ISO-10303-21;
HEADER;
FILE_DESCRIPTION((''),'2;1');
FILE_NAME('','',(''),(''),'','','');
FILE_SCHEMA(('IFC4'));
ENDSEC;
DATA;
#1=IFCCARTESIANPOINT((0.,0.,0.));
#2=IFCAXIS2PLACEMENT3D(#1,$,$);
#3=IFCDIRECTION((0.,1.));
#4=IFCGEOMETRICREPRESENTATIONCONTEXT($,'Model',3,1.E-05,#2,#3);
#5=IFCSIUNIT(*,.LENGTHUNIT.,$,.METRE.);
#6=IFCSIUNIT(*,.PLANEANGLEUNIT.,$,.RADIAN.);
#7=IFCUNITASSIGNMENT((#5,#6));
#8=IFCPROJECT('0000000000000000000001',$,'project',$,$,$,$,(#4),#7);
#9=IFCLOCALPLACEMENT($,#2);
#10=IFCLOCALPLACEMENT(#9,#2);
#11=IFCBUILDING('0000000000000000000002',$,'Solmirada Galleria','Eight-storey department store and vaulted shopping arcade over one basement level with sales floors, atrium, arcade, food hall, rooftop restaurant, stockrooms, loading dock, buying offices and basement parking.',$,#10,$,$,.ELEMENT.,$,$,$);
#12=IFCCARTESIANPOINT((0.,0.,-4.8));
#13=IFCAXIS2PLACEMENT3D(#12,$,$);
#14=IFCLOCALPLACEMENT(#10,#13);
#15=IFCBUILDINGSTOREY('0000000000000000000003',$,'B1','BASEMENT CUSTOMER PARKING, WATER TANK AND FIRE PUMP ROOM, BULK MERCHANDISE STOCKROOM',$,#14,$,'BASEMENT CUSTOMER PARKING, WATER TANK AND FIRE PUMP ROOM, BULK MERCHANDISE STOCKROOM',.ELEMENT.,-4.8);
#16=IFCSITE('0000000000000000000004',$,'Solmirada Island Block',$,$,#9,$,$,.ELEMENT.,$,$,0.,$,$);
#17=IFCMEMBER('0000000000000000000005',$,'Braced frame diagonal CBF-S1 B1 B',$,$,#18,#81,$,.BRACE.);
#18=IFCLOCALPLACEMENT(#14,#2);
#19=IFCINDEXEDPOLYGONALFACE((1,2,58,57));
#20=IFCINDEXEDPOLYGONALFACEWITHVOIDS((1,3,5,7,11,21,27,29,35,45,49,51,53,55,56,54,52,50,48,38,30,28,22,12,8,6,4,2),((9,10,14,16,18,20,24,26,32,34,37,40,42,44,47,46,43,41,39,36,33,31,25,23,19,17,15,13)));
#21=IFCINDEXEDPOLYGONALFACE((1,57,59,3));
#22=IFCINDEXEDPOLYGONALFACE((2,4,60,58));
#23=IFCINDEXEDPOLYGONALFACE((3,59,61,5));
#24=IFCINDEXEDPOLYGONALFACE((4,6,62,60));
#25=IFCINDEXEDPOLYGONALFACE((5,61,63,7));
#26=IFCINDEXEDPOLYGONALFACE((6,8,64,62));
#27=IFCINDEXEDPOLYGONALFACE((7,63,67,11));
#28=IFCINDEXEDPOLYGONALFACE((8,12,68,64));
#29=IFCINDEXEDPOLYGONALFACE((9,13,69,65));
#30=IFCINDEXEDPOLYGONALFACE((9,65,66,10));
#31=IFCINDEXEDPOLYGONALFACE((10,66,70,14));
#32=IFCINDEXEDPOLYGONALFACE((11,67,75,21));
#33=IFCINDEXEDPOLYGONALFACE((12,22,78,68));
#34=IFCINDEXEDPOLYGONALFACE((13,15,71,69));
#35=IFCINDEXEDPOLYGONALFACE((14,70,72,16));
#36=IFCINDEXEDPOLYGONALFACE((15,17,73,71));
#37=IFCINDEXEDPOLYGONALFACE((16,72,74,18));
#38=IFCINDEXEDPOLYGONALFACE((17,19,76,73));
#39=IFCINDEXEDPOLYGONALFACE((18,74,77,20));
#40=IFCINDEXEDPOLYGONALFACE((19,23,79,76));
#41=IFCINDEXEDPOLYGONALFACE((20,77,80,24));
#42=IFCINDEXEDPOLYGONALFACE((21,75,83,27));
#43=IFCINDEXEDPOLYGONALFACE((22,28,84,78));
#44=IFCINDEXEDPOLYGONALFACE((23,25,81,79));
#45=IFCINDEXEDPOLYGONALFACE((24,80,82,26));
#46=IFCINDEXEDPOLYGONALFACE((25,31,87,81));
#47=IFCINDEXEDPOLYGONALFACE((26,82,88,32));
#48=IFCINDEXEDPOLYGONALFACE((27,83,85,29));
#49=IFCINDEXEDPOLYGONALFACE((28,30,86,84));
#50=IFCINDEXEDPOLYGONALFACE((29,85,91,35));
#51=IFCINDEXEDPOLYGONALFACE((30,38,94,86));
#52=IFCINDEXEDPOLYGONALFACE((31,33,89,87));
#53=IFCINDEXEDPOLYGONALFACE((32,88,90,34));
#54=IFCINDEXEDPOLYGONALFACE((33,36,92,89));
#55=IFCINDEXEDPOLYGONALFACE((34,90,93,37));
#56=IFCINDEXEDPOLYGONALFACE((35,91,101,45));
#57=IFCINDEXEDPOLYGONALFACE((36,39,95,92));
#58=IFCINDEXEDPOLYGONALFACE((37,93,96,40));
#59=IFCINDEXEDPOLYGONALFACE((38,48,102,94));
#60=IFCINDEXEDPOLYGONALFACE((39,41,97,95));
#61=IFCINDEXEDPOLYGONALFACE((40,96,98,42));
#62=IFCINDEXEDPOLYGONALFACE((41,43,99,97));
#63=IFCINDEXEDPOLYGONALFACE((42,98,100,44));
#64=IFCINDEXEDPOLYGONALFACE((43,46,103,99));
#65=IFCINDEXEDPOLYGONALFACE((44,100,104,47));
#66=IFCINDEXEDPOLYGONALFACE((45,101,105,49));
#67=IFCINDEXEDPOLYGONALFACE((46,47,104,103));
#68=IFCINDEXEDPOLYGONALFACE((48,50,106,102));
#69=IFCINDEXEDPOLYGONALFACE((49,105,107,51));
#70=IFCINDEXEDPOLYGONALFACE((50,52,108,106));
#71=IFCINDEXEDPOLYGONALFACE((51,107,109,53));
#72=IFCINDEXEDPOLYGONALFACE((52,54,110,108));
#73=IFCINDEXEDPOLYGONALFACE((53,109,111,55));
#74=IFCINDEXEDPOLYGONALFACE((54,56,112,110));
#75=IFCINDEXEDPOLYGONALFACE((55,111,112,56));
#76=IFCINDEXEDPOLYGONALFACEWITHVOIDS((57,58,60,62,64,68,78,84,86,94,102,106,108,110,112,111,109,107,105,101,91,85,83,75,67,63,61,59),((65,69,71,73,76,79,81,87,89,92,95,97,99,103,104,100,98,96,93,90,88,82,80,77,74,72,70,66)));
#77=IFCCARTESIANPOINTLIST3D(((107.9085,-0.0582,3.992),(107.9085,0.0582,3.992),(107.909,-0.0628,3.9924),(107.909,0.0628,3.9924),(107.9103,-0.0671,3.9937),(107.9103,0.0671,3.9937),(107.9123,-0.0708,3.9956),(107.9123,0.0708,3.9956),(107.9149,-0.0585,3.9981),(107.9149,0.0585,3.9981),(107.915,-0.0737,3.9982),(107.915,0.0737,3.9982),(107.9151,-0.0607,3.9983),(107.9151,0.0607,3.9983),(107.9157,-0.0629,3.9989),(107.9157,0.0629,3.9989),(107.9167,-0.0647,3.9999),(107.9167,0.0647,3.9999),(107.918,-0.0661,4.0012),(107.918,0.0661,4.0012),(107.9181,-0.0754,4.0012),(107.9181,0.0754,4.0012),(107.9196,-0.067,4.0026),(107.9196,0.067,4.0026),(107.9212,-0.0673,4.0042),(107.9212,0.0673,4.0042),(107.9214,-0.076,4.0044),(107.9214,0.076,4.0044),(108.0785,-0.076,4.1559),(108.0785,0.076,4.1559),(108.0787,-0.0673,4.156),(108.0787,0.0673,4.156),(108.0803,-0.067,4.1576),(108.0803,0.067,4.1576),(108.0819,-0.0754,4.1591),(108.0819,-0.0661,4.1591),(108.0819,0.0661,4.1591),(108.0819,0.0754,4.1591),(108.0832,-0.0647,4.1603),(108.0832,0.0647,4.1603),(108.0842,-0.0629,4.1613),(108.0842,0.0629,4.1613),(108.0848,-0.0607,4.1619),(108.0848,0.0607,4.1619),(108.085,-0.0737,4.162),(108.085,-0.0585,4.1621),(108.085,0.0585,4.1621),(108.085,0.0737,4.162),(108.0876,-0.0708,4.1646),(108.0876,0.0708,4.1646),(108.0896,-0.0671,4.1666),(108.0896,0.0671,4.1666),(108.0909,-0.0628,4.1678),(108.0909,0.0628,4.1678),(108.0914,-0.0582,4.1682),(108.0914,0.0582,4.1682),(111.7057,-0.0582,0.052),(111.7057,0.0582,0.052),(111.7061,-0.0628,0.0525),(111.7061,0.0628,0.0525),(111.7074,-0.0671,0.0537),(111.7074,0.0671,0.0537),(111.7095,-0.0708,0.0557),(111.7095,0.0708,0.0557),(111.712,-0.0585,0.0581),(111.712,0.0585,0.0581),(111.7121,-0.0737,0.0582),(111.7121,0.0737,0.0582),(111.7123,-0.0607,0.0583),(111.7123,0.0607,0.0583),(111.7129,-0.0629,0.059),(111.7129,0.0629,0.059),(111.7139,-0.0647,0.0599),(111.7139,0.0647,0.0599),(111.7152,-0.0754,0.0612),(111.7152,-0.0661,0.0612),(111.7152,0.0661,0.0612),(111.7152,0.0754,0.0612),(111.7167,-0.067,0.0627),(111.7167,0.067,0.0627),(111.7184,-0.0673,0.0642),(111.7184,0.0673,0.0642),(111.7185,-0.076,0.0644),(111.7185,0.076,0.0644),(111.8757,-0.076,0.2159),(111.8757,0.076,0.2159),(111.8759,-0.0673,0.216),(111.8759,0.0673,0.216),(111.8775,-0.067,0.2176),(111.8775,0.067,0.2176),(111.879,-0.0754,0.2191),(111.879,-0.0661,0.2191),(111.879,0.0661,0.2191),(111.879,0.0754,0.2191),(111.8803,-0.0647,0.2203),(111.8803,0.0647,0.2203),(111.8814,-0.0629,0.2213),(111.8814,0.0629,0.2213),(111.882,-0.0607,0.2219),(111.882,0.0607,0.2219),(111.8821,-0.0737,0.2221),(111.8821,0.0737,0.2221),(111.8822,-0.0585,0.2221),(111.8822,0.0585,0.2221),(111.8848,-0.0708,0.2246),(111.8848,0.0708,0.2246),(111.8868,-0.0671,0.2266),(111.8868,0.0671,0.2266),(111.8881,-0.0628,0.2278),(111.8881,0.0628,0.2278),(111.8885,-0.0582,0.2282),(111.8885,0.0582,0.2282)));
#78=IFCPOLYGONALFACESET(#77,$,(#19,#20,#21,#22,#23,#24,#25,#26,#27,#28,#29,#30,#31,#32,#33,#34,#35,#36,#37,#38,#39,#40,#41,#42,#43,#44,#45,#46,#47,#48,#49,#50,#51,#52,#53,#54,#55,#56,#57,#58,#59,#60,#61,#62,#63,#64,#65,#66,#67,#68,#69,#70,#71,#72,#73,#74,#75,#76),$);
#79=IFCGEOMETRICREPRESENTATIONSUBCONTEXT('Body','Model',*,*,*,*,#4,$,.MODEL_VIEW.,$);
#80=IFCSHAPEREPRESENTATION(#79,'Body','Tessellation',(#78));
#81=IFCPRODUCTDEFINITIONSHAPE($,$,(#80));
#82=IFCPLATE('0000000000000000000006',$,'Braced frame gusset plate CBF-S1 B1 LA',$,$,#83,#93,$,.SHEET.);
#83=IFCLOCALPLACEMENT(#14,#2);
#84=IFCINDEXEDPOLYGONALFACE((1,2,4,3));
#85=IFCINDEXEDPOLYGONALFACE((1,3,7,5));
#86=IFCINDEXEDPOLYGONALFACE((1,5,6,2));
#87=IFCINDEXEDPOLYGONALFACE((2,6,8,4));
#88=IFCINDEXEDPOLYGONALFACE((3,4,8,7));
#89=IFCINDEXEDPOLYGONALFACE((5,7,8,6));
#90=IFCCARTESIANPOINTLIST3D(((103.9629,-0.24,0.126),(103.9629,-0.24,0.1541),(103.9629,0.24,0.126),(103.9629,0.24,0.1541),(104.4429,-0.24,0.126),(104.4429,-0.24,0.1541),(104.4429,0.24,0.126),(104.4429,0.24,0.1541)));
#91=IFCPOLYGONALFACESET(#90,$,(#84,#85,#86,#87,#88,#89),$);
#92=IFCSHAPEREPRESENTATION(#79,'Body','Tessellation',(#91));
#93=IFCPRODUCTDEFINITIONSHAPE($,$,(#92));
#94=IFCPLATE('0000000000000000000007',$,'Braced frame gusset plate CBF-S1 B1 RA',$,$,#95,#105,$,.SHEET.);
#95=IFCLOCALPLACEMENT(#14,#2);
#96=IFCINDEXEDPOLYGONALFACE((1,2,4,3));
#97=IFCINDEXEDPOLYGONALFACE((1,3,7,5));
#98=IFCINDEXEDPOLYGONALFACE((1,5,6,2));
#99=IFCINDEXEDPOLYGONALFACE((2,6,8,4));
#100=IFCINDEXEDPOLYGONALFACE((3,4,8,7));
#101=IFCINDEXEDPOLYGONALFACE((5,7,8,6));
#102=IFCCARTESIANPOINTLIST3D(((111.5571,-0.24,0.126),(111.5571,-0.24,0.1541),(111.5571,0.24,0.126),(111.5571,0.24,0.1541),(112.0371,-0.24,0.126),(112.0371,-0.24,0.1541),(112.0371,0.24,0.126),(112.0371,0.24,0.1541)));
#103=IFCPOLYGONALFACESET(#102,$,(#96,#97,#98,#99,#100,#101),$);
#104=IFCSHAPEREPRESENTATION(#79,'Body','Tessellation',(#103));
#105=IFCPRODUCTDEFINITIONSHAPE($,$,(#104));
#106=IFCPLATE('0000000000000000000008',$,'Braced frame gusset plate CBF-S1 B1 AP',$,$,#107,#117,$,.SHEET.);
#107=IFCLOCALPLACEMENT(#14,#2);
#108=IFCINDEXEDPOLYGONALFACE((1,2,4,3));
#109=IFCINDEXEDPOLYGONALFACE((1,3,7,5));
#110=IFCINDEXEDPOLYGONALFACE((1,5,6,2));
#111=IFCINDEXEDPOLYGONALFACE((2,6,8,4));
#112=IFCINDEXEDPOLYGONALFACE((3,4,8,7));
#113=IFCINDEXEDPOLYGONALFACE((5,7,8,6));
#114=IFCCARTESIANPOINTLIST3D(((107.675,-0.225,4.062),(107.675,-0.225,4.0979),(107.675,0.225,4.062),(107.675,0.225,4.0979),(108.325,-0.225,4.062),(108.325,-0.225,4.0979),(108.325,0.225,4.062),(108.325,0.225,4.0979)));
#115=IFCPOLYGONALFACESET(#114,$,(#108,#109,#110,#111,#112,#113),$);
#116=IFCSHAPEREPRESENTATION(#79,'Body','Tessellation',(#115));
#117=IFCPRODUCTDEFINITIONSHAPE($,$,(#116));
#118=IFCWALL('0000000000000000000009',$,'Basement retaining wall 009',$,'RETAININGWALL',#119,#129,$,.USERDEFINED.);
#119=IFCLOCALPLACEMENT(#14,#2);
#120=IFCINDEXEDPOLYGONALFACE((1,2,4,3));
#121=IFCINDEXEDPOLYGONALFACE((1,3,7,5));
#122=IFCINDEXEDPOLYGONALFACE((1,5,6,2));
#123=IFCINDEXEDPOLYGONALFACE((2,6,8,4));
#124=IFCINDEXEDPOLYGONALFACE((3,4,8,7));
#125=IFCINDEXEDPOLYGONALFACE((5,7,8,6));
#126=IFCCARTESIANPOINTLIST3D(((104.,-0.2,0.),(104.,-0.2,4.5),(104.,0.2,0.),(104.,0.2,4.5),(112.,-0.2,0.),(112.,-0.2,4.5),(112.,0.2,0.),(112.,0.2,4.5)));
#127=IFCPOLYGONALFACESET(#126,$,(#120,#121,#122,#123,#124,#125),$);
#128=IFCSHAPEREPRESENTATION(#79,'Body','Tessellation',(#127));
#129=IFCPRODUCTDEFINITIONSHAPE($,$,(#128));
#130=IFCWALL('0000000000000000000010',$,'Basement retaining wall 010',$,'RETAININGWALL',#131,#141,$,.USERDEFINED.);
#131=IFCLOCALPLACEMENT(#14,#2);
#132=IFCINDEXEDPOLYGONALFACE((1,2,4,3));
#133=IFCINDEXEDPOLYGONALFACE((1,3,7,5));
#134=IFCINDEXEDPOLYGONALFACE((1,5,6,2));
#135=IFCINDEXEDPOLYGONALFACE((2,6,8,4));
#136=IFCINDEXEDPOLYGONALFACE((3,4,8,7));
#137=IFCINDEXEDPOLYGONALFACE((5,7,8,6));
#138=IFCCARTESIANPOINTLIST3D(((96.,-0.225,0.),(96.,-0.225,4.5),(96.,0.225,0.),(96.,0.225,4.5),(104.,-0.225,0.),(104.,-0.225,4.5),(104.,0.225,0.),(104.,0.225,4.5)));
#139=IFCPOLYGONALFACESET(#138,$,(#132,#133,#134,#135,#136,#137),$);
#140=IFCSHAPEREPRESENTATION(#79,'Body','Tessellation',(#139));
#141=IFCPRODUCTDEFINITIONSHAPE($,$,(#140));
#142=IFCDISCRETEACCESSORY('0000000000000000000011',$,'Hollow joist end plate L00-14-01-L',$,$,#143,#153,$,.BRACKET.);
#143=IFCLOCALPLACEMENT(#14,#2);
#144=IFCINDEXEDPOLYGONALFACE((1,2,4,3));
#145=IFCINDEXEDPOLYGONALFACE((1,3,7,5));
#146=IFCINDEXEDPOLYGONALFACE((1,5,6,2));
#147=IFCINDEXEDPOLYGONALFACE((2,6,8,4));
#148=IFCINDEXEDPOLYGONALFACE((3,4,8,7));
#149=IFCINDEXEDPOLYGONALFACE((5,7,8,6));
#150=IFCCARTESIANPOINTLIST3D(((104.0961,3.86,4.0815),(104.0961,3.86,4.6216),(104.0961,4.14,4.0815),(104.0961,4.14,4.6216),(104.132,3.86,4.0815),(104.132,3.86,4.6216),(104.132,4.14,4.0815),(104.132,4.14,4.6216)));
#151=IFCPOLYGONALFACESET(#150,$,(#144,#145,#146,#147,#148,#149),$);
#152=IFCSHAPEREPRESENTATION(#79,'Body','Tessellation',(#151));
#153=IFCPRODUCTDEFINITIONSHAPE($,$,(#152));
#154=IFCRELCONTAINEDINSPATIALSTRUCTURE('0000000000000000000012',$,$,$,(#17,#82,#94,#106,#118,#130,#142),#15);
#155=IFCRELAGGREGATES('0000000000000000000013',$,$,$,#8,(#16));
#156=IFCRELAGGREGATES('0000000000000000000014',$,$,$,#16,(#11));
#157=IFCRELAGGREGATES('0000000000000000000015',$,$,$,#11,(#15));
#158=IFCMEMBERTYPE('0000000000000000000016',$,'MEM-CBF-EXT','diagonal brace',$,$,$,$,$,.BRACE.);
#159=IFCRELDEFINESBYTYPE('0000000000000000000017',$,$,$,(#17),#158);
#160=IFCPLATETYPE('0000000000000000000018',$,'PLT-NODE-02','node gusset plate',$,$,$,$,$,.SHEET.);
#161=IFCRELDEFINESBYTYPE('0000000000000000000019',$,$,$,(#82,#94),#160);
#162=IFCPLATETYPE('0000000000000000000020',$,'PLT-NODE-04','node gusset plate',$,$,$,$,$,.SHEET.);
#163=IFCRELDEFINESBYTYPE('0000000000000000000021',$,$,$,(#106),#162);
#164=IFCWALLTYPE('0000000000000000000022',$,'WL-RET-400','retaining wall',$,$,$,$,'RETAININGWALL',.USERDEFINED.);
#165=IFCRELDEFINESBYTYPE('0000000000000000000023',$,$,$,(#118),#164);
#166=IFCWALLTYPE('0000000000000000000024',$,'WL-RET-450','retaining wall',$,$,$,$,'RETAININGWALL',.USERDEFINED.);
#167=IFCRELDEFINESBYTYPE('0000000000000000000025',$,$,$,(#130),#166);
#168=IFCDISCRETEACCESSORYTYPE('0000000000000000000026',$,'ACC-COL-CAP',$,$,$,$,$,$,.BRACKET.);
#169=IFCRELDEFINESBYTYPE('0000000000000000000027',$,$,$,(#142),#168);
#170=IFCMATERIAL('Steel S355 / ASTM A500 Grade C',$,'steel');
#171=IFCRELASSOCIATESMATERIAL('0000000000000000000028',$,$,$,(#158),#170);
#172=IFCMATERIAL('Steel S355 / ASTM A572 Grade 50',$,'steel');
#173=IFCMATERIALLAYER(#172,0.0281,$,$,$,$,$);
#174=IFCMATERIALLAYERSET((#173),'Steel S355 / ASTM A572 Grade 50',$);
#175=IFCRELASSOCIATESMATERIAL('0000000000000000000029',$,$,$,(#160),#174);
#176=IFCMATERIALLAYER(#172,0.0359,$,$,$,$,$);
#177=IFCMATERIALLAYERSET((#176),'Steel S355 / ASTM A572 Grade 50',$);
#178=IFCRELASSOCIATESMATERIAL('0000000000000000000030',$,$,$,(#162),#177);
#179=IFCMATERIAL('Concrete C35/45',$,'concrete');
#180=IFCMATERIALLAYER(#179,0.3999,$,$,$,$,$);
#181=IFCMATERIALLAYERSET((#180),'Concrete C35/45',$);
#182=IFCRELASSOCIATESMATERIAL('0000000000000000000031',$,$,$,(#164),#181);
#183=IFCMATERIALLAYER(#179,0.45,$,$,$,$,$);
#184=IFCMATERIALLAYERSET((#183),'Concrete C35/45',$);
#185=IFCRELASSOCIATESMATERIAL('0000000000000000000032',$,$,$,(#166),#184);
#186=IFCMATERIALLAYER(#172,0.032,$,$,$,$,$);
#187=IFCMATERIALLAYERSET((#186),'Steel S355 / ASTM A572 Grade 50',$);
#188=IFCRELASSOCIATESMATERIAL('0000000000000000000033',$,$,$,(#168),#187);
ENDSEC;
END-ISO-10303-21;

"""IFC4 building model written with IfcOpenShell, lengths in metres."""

from ifc_helpers import new_model, si_unit, direction, frame, frame_2d, origin, origin_2d, place, context, subcontext, project, spatial, rectangle, hollow_rectangle, extrude, material, layer, layer_set, material_profile, profile_set, type_object, element, save


model = new_model("IFC4")

# Units and contexts
model_context = context("Model", 3, precision=1e-05, world=origin(), true_north=direction((0.0, 1.0)))
body_context = subcontext(model_context, "Body", "Model", "MODEL_VIEW")
ifc_project = project(units=[si_unit("LENGTHUNIT", "METRE"), si_unit("PLANEANGLEUNIT", "RADIAN")], contexts=[model_context])

# Site, building, storey
site_placement = place(None, origin())
site = spatial("IfcSite", under=ifc_project, at=site_placement, Name="Solmirada Island Block", CompositionType="ELEMENT", RefElevation=0.0)
building_placement = place(site_placement, origin())
building = spatial("IfcBuilding", under=site, at=building_placement, Name="Solmirada Galleria", Description="Eight-storey department store and vaulted shopping arcade over one basement level with sales floors, atrium, arcade, food hall, rooftop restaurant, stockrooms, loading dock, buying offices and basement parking.", CompositionType="ELEMENT")
storey_placement = place(building_placement, frame((0.0, 0.0, -4.8)))
storey = spatial("IfcBuildingStorey", under=building, at=storey_placement, Name="B1", Description="BASEMENT CUSTOMER PARKING, WATER TANK AND FIRE PUMP ROOM, BULK MERCHANDISE STOCKROOM", LongName="BASEMENT CUSTOMER PARKING, WATER TANK AND FIRE PUMP ROOM, BULK MERCHANDISE STOCKROOM", CompositionType="ELEMENT", Elevation=-4.8)

# Shared definitions
ifc_material_1 = material(Name="Concrete C35/45", Category="concrete")

# Shared definitions
ifc_material_2 = material(Name="Steel S355 / ASTM A500 Grade C", Category="steel")

# Member
ifc_material_profile_1 = material_profile(ifc_material_2, hollow_rectangle(XDim=0.1521, YDim=0.2539, WallThickness=0.0088, InnerFilletRadius=0.0088, OuterFilletRadius=0.0178, at=origin_2d()), Name="HSS10X6X3/8")
ifc_profile_set_1 = profile_set([ifc_material_profile_1], Name="Steel S355 / ASTM A500 Grade C")
member_type = type_object("IfcMemberType", Name="MEM-CBF-EXT", Description="diagonal brace", PredefinedType="BRACE", material=ifc_profile_set_1)
for number, where, z_axis, x_axis, name in (
    (1, (111.7971, 0.0, 0.1401), (-0.693936, 0.0, 0.720037), (0.0, -1.0, 0.0), "Braced frame diagonal CBF-S1 B1 B"),
):
    element("IfcMember", number, at=place(storey_placement, frame(where, z_axis=z_axis, x_axis=x_axis)), inside=storey, type_object=member_type, Name=name, PredefinedType="BRACE", context=body_context, shape_type="SweptSolid", body=[
        extrude(hollow_rectangle(XDim=0.1521, YDim=0.2539, WallThickness=0.0088, InnerFilletRadius=0.0088, OuterFilletRadius=0.0178, at=origin_2d()), origin(), (0.0, 0.0, 1.0), 5.4719),
    ])

# Plates
ifc_material_3 = material(Name="Steel S355 / ASTM A572 Grade 50", Category="steel")
ifc_layer_1 = layer(ifc_material_3, 0.0281)
ifc_layer_set_1 = layer_set([ifc_layer_1], Name="Steel S355 / ASTM A572 Grade 50")
plate_type_1 = type_object("IfcPlateType", Name="PLT-NODE-02", Description="node gusset plate", PredefinedType="SHEET", material=ifc_layer_set_1)
for number, where, z_axis, x_axis, name in (
    (2, (104.2029, 0.0, 0.126), (0.0, 0.0, 1.0), (1.0, 0.0, 0.0), "Braced frame gusset plate CBF-S1 B1 LA"),
    (3, (111.7971, 0.0, 0.126), (0.0, 0.0, 1.0), (1.0, 0.0, 0.0), "Braced frame gusset plate CBF-S1 B1 RA"),
):
    element("IfcPlate", number, at=place(storey_placement, frame(where, z_axis=z_axis, x_axis=x_axis)), inside=storey, type_object=plate_type_1, Name=name, PredefinedType="SHEET", context=body_context, shape_type="SweptSolid", body=[
        extrude(rectangle(XDim=0.48, YDim=0.48, at=origin_2d()), origin(), (0.0, 0.0, 1.0), 0.0281),
    ])
ifc_layer_2 = layer(ifc_material_3, 0.0359)
ifc_layer_set_2 = layer_set([ifc_layer_2], Name="Steel S355 / ASTM A572 Grade 50")
plate_type_2 = type_object("IfcPlateType", Name="PLT-NODE-04", Description="node gusset plate", PredefinedType="SHEET", material=ifc_layer_set_2)
plate_placement = place(storey_placement, frame((108.0, 0.0, 4.062), z_axis=(0.0, 0.0, 1.0), x_axis=(1.0, 0.0, 0.0)))
element("IfcPlate", 4, at=plate_placement, inside=storey, type_object=plate_type_2, Name="Braced frame gusset plate CBF-S1 B1 AP", PredefinedType="SHEET", context=body_context, shape_type="SweptSolid", body=[
    extrude(rectangle(XDim=0.6499, YDim=0.45, at=origin_2d()), origin(), (0.0, 0.0, 1.0), 0.0359),
])

# Walls
ifc_layer_3 = layer(ifc_material_1, 0.3999)
ifc_layer_set_3 = layer_set([ifc_layer_3], Name="Concrete C35/45")
wall_type_1 = type_object("IfcWallType", Name="WL-RET-400", Description="retaining wall", ElementType="RETAININGWALL", PredefinedType="USERDEFINED", material=ifc_layer_set_3)
wall_1_placement = place(storey_placement, frame((112.0, 0.0, 0.0), z_axis=(0.0, 0.0, 1.0), x_axis=(-1.0, 0.0, 0.0)))
element("IfcWall", 5, at=wall_1_placement, inside=storey, type_object=wall_type_1, Name="Basement retaining wall 009", ObjectType="RETAININGWALL", PredefinedType="USERDEFINED", context=body_context, shape_type="SweptSolid", body=[
    extrude(rectangle(XDim=8.0, YDim=0.3999, at=frame_2d((4.0, 0.0))), origin(), (0.0, 0.0, 1.0), 4.5),
])
ifc_layer_4 = layer(ifc_material_1, 0.45)
ifc_layer_set_4 = layer_set([ifc_layer_4], Name="Concrete C35/45")
wall_type_2 = type_object("IfcWallType", Name="WL-RET-450", Description="retaining wall", ElementType="RETAININGWALL", PredefinedType="USERDEFINED", material=ifc_layer_set_4)
wall_2_placement = place(storey_placement, frame((104.0, 0.0, 0.0), z_axis=(0.0, 0.0, 1.0), x_axis=(-1.0, 0.0, 0.0)))
element("IfcWall", 6, at=wall_2_placement, inside=storey, type_object=wall_type_2, Name="Basement retaining wall 010", ObjectType="RETAININGWALL", PredefinedType="USERDEFINED", context=body_context, shape_type="SweptSolid", body=[
    extrude(rectangle(XDim=8.0, YDim=0.45, at=frame_2d((4.0, 0.0))), origin(), (0.0, 0.0, 1.0), 4.5),
])

# Discrete accessory
ifc_layer_5 = layer(ifc_material_3, 0.032)
ifc_layer_set_5 = layer_set([ifc_layer_5], Name="Steel S355 / ASTM A572 Grade 50")
discrete_accessory_type = type_object("IfcDiscreteAccessoryType", Name="ACC-COL-CAP", PredefinedType="BRACKET", material=ifc_layer_set_5)
discrete_accessory_placement = place(storey_placement, frame((104.114, 4.0, 4.0815), z_axis=(0.0, 0.0, 1.0), x_axis=(1.0, 0.0, 0.0)))
element("IfcDiscreteAccessory", 7, at=discrete_accessory_placement, inside=storey, type_object=discrete_accessory_type, Name="Hollow joist end plate L00-14-01-L", PredefinedType="BRACKET", context=body_context, shape_type="SweptSolid", body=[
    extrude(rectangle(XDim=0.0359, YDim=0.28, at=origin_2d()), origin(), (0.0, 0.0, 1.0), 0.54),
])

save(model, "model.ifc")
